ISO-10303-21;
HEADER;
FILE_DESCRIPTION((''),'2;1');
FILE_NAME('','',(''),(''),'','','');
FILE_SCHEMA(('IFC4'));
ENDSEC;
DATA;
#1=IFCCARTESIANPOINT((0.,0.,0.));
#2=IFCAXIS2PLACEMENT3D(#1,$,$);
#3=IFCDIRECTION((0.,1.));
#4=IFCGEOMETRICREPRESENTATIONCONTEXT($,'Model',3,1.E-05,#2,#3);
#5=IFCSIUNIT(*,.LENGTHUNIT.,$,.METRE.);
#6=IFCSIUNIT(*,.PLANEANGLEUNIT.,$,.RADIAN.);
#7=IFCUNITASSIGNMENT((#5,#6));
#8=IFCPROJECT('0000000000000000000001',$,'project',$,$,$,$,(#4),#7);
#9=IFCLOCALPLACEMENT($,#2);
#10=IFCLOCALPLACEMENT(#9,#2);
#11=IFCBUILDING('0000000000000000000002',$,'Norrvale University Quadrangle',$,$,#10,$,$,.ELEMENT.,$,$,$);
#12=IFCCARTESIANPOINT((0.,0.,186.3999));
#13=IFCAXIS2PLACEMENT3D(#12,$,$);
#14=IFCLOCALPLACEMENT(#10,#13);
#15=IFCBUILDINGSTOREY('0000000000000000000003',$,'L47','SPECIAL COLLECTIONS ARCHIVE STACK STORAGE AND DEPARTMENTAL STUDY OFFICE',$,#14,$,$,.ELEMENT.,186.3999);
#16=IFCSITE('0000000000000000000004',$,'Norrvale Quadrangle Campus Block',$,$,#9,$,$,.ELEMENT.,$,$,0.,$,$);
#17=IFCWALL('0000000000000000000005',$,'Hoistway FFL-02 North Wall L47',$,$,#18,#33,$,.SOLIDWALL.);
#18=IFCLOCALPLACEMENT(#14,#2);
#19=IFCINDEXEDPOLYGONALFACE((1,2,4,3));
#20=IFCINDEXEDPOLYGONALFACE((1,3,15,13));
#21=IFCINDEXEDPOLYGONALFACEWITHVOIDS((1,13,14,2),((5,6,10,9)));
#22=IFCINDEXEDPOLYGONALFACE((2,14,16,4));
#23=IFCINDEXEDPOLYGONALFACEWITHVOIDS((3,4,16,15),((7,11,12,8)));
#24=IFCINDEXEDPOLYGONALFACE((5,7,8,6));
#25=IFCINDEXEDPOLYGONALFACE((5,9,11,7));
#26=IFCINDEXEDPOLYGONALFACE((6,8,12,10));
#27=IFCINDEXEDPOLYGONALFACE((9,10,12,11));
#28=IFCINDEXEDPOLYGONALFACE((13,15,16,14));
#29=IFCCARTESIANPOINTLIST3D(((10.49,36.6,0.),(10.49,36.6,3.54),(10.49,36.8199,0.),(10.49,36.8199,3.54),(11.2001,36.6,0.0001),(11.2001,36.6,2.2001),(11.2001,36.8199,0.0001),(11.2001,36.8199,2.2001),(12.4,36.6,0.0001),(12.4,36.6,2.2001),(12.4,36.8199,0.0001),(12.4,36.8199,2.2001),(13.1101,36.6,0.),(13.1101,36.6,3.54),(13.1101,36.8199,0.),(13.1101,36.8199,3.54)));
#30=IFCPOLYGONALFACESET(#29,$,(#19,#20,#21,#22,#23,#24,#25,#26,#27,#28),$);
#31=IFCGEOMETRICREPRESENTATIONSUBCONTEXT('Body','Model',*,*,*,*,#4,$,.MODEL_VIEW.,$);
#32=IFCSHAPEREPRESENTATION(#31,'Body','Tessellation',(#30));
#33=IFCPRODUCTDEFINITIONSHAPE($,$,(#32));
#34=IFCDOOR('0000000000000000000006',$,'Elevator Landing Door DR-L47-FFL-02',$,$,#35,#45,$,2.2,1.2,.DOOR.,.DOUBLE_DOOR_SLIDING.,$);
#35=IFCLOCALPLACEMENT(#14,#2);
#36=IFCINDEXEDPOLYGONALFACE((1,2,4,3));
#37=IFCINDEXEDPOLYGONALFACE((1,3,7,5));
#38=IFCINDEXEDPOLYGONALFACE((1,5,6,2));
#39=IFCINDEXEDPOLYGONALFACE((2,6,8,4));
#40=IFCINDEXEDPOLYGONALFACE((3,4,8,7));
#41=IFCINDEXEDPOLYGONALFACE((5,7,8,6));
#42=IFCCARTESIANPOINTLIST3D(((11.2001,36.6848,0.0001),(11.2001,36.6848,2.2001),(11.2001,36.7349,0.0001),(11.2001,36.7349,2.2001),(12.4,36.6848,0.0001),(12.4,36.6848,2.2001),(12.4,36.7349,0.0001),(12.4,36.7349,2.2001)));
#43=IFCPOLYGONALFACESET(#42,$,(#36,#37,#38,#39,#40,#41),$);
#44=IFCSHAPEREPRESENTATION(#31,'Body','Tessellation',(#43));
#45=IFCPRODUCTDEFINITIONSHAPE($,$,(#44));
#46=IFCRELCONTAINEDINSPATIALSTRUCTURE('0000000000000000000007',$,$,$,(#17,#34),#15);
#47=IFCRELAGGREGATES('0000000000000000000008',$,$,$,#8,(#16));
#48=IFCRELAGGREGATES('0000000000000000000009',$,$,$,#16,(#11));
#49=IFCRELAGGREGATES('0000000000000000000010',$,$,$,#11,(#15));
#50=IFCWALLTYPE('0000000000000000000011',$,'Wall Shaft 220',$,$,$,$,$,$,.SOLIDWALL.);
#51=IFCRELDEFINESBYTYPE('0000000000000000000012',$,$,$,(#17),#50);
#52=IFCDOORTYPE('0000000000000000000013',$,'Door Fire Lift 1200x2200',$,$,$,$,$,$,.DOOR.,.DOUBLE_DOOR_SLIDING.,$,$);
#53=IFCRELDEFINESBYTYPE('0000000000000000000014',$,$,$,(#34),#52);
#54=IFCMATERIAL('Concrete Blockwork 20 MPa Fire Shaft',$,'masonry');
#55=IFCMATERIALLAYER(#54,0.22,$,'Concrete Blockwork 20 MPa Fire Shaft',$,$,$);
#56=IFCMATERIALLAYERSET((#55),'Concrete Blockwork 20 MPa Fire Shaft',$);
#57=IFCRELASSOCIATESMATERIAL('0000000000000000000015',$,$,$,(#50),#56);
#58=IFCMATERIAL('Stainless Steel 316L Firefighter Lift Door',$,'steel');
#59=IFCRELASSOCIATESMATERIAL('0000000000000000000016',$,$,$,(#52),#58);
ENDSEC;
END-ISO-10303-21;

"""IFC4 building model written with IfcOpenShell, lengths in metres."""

from ifc_helpers import new_model, si_unit, direction, frame, frame_2d, origin, place, context, subcontext, project, spatial, rectangle, extrude, material, layer, layer_set, type_object, element, fill, save


model = new_model("IFC4")

# Units and contexts
model_context = context("Model", 3, precision=1e-05, world=origin(), true_north=direction((0.0, 1.0)))
body_context = subcontext(model_context, "Body", "Model", "MODEL_VIEW")
ifc_project = project(units=[si_unit("LENGTHUNIT", "METRE"), si_unit("PLANEANGLEUNIT", "RADIAN")], contexts=[model_context])

# Site, building, storey
site_placement = place(None, origin())
site = spatial("IfcSite", under=ifc_project, at=site_placement, Name="Norrvale Quadrangle Campus Block", CompositionType="ELEMENT", RefElevation=0.0)
building_placement = place(site_placement, origin())
building = spatial("IfcBuilding", under=site, at=building_placement, Name="Norrvale University Quadrangle", CompositionType="ELEMENT")
storey_placement = place(building_placement, frame((0.0, 0.0, 186.3999)))
storey = spatial("IfcBuildingStorey", under=building, at=storey_placement, Name="L47", Description="SPECIAL COLLECTIONS ARCHIVE STACK STORAGE AND DEPARTMENTAL STUDY OFFICE", CompositionType="ELEMENT", Elevation=186.3999)

# Shared definitions
ifc_material_1 = material(Name="Concrete Blockwork 20 MPa Fire Shaft", Category="masonry")
ifc_layer_1 = layer(ifc_material_1, 0.22, Name="Concrete Blockwork 20 MPa Fire Shaft")
ifc_layer_set_1 = layer_set([ifc_layer_1], Name="Concrete Blockwork 20 MPa Fire Shaft")
wall_type_1 = type_object("IfcWallType", Name="Wall Shaft 220", PredefinedType="SOLIDWALL", material=ifc_layer_set_1)

# Wall, opening, door
wall_1_placement = place(storey_placement, frame((10.49, 36.71, 0.0), z_axis=(0.0, 0.0, 1.0), x_axis=(1.0, 0.0, 0.0)))
wall_1 = element("IfcWall", 1, at=wall_1_placement, inside=storey, type_object=wall_type_1, Name="Hoistway FFL-02 North Wall L47", PredefinedType="SOLIDWALL", context=body_context, shape_type="SweptSolid", body=[
    extrude(rectangle(XDim=2.6201, YDim=0.22, at=frame_2d((1.3101, 0.0))), origin(), (0.0, 0.0, 1.0), 3.54),
])
opening_1_placement = place(wall_1_placement, frame((0.71, 0.0, 0.0)))
opening_1 = element("IfcOpeningElement", 2, at=opening_1_placement, cuts=wall_1, PredefinedType="OPENING", context=body_context, shape_type="SweptSolid", body=[
    extrude(rectangle(XDim=1.2, YDim=2.2, at=frame_2d((0.6001, 1.1001))), frame((0.0, 0.1221, 0.0), z_axis=(0.0, -1.0, 0.0), x_axis=(1.0, 0.0, 0.0)), (0.0, 0.0, 1.0), 0.2439),
])
ifc_material_2 = material(Name="Stainless Steel 316L Firefighter Lift Door", Category="steel")
door_type_1 = type_object("IfcDoorType", Name="Door Fire Lift 1200x2200", OperationType="DOUBLE_DOOR_SLIDING", PredefinedType="DOOR", material=ifc_material_2)
door_1_placement = place(opening_1_placement, origin())
door_1 = element("IfcDoor", 3, at=door_1_placement, inside=storey, type_object=door_type_1, Name="Elevator Landing Door DR-L47-FFL-02", OperationType="DOUBLE_DOOR_SLIDING", OverallHeight=2.2, OverallWidth=1.2, PredefinedType="DOOR", context=body_context, shape_type="SweptSolid", body=[
    extrude(rectangle(XDim=1.2, YDim=2.2, at=frame_2d((0.6001, 1.1001))), frame((0.0, 0.0249, 0.0), z_axis=(0.0, -1.0, 0.0), x_axis=(1.0, 0.0, 0.0)), (0.0, 0.0, 1.0), 0.05),
])
fill(opening_1, door_1)

save(model, "model.ifc")
